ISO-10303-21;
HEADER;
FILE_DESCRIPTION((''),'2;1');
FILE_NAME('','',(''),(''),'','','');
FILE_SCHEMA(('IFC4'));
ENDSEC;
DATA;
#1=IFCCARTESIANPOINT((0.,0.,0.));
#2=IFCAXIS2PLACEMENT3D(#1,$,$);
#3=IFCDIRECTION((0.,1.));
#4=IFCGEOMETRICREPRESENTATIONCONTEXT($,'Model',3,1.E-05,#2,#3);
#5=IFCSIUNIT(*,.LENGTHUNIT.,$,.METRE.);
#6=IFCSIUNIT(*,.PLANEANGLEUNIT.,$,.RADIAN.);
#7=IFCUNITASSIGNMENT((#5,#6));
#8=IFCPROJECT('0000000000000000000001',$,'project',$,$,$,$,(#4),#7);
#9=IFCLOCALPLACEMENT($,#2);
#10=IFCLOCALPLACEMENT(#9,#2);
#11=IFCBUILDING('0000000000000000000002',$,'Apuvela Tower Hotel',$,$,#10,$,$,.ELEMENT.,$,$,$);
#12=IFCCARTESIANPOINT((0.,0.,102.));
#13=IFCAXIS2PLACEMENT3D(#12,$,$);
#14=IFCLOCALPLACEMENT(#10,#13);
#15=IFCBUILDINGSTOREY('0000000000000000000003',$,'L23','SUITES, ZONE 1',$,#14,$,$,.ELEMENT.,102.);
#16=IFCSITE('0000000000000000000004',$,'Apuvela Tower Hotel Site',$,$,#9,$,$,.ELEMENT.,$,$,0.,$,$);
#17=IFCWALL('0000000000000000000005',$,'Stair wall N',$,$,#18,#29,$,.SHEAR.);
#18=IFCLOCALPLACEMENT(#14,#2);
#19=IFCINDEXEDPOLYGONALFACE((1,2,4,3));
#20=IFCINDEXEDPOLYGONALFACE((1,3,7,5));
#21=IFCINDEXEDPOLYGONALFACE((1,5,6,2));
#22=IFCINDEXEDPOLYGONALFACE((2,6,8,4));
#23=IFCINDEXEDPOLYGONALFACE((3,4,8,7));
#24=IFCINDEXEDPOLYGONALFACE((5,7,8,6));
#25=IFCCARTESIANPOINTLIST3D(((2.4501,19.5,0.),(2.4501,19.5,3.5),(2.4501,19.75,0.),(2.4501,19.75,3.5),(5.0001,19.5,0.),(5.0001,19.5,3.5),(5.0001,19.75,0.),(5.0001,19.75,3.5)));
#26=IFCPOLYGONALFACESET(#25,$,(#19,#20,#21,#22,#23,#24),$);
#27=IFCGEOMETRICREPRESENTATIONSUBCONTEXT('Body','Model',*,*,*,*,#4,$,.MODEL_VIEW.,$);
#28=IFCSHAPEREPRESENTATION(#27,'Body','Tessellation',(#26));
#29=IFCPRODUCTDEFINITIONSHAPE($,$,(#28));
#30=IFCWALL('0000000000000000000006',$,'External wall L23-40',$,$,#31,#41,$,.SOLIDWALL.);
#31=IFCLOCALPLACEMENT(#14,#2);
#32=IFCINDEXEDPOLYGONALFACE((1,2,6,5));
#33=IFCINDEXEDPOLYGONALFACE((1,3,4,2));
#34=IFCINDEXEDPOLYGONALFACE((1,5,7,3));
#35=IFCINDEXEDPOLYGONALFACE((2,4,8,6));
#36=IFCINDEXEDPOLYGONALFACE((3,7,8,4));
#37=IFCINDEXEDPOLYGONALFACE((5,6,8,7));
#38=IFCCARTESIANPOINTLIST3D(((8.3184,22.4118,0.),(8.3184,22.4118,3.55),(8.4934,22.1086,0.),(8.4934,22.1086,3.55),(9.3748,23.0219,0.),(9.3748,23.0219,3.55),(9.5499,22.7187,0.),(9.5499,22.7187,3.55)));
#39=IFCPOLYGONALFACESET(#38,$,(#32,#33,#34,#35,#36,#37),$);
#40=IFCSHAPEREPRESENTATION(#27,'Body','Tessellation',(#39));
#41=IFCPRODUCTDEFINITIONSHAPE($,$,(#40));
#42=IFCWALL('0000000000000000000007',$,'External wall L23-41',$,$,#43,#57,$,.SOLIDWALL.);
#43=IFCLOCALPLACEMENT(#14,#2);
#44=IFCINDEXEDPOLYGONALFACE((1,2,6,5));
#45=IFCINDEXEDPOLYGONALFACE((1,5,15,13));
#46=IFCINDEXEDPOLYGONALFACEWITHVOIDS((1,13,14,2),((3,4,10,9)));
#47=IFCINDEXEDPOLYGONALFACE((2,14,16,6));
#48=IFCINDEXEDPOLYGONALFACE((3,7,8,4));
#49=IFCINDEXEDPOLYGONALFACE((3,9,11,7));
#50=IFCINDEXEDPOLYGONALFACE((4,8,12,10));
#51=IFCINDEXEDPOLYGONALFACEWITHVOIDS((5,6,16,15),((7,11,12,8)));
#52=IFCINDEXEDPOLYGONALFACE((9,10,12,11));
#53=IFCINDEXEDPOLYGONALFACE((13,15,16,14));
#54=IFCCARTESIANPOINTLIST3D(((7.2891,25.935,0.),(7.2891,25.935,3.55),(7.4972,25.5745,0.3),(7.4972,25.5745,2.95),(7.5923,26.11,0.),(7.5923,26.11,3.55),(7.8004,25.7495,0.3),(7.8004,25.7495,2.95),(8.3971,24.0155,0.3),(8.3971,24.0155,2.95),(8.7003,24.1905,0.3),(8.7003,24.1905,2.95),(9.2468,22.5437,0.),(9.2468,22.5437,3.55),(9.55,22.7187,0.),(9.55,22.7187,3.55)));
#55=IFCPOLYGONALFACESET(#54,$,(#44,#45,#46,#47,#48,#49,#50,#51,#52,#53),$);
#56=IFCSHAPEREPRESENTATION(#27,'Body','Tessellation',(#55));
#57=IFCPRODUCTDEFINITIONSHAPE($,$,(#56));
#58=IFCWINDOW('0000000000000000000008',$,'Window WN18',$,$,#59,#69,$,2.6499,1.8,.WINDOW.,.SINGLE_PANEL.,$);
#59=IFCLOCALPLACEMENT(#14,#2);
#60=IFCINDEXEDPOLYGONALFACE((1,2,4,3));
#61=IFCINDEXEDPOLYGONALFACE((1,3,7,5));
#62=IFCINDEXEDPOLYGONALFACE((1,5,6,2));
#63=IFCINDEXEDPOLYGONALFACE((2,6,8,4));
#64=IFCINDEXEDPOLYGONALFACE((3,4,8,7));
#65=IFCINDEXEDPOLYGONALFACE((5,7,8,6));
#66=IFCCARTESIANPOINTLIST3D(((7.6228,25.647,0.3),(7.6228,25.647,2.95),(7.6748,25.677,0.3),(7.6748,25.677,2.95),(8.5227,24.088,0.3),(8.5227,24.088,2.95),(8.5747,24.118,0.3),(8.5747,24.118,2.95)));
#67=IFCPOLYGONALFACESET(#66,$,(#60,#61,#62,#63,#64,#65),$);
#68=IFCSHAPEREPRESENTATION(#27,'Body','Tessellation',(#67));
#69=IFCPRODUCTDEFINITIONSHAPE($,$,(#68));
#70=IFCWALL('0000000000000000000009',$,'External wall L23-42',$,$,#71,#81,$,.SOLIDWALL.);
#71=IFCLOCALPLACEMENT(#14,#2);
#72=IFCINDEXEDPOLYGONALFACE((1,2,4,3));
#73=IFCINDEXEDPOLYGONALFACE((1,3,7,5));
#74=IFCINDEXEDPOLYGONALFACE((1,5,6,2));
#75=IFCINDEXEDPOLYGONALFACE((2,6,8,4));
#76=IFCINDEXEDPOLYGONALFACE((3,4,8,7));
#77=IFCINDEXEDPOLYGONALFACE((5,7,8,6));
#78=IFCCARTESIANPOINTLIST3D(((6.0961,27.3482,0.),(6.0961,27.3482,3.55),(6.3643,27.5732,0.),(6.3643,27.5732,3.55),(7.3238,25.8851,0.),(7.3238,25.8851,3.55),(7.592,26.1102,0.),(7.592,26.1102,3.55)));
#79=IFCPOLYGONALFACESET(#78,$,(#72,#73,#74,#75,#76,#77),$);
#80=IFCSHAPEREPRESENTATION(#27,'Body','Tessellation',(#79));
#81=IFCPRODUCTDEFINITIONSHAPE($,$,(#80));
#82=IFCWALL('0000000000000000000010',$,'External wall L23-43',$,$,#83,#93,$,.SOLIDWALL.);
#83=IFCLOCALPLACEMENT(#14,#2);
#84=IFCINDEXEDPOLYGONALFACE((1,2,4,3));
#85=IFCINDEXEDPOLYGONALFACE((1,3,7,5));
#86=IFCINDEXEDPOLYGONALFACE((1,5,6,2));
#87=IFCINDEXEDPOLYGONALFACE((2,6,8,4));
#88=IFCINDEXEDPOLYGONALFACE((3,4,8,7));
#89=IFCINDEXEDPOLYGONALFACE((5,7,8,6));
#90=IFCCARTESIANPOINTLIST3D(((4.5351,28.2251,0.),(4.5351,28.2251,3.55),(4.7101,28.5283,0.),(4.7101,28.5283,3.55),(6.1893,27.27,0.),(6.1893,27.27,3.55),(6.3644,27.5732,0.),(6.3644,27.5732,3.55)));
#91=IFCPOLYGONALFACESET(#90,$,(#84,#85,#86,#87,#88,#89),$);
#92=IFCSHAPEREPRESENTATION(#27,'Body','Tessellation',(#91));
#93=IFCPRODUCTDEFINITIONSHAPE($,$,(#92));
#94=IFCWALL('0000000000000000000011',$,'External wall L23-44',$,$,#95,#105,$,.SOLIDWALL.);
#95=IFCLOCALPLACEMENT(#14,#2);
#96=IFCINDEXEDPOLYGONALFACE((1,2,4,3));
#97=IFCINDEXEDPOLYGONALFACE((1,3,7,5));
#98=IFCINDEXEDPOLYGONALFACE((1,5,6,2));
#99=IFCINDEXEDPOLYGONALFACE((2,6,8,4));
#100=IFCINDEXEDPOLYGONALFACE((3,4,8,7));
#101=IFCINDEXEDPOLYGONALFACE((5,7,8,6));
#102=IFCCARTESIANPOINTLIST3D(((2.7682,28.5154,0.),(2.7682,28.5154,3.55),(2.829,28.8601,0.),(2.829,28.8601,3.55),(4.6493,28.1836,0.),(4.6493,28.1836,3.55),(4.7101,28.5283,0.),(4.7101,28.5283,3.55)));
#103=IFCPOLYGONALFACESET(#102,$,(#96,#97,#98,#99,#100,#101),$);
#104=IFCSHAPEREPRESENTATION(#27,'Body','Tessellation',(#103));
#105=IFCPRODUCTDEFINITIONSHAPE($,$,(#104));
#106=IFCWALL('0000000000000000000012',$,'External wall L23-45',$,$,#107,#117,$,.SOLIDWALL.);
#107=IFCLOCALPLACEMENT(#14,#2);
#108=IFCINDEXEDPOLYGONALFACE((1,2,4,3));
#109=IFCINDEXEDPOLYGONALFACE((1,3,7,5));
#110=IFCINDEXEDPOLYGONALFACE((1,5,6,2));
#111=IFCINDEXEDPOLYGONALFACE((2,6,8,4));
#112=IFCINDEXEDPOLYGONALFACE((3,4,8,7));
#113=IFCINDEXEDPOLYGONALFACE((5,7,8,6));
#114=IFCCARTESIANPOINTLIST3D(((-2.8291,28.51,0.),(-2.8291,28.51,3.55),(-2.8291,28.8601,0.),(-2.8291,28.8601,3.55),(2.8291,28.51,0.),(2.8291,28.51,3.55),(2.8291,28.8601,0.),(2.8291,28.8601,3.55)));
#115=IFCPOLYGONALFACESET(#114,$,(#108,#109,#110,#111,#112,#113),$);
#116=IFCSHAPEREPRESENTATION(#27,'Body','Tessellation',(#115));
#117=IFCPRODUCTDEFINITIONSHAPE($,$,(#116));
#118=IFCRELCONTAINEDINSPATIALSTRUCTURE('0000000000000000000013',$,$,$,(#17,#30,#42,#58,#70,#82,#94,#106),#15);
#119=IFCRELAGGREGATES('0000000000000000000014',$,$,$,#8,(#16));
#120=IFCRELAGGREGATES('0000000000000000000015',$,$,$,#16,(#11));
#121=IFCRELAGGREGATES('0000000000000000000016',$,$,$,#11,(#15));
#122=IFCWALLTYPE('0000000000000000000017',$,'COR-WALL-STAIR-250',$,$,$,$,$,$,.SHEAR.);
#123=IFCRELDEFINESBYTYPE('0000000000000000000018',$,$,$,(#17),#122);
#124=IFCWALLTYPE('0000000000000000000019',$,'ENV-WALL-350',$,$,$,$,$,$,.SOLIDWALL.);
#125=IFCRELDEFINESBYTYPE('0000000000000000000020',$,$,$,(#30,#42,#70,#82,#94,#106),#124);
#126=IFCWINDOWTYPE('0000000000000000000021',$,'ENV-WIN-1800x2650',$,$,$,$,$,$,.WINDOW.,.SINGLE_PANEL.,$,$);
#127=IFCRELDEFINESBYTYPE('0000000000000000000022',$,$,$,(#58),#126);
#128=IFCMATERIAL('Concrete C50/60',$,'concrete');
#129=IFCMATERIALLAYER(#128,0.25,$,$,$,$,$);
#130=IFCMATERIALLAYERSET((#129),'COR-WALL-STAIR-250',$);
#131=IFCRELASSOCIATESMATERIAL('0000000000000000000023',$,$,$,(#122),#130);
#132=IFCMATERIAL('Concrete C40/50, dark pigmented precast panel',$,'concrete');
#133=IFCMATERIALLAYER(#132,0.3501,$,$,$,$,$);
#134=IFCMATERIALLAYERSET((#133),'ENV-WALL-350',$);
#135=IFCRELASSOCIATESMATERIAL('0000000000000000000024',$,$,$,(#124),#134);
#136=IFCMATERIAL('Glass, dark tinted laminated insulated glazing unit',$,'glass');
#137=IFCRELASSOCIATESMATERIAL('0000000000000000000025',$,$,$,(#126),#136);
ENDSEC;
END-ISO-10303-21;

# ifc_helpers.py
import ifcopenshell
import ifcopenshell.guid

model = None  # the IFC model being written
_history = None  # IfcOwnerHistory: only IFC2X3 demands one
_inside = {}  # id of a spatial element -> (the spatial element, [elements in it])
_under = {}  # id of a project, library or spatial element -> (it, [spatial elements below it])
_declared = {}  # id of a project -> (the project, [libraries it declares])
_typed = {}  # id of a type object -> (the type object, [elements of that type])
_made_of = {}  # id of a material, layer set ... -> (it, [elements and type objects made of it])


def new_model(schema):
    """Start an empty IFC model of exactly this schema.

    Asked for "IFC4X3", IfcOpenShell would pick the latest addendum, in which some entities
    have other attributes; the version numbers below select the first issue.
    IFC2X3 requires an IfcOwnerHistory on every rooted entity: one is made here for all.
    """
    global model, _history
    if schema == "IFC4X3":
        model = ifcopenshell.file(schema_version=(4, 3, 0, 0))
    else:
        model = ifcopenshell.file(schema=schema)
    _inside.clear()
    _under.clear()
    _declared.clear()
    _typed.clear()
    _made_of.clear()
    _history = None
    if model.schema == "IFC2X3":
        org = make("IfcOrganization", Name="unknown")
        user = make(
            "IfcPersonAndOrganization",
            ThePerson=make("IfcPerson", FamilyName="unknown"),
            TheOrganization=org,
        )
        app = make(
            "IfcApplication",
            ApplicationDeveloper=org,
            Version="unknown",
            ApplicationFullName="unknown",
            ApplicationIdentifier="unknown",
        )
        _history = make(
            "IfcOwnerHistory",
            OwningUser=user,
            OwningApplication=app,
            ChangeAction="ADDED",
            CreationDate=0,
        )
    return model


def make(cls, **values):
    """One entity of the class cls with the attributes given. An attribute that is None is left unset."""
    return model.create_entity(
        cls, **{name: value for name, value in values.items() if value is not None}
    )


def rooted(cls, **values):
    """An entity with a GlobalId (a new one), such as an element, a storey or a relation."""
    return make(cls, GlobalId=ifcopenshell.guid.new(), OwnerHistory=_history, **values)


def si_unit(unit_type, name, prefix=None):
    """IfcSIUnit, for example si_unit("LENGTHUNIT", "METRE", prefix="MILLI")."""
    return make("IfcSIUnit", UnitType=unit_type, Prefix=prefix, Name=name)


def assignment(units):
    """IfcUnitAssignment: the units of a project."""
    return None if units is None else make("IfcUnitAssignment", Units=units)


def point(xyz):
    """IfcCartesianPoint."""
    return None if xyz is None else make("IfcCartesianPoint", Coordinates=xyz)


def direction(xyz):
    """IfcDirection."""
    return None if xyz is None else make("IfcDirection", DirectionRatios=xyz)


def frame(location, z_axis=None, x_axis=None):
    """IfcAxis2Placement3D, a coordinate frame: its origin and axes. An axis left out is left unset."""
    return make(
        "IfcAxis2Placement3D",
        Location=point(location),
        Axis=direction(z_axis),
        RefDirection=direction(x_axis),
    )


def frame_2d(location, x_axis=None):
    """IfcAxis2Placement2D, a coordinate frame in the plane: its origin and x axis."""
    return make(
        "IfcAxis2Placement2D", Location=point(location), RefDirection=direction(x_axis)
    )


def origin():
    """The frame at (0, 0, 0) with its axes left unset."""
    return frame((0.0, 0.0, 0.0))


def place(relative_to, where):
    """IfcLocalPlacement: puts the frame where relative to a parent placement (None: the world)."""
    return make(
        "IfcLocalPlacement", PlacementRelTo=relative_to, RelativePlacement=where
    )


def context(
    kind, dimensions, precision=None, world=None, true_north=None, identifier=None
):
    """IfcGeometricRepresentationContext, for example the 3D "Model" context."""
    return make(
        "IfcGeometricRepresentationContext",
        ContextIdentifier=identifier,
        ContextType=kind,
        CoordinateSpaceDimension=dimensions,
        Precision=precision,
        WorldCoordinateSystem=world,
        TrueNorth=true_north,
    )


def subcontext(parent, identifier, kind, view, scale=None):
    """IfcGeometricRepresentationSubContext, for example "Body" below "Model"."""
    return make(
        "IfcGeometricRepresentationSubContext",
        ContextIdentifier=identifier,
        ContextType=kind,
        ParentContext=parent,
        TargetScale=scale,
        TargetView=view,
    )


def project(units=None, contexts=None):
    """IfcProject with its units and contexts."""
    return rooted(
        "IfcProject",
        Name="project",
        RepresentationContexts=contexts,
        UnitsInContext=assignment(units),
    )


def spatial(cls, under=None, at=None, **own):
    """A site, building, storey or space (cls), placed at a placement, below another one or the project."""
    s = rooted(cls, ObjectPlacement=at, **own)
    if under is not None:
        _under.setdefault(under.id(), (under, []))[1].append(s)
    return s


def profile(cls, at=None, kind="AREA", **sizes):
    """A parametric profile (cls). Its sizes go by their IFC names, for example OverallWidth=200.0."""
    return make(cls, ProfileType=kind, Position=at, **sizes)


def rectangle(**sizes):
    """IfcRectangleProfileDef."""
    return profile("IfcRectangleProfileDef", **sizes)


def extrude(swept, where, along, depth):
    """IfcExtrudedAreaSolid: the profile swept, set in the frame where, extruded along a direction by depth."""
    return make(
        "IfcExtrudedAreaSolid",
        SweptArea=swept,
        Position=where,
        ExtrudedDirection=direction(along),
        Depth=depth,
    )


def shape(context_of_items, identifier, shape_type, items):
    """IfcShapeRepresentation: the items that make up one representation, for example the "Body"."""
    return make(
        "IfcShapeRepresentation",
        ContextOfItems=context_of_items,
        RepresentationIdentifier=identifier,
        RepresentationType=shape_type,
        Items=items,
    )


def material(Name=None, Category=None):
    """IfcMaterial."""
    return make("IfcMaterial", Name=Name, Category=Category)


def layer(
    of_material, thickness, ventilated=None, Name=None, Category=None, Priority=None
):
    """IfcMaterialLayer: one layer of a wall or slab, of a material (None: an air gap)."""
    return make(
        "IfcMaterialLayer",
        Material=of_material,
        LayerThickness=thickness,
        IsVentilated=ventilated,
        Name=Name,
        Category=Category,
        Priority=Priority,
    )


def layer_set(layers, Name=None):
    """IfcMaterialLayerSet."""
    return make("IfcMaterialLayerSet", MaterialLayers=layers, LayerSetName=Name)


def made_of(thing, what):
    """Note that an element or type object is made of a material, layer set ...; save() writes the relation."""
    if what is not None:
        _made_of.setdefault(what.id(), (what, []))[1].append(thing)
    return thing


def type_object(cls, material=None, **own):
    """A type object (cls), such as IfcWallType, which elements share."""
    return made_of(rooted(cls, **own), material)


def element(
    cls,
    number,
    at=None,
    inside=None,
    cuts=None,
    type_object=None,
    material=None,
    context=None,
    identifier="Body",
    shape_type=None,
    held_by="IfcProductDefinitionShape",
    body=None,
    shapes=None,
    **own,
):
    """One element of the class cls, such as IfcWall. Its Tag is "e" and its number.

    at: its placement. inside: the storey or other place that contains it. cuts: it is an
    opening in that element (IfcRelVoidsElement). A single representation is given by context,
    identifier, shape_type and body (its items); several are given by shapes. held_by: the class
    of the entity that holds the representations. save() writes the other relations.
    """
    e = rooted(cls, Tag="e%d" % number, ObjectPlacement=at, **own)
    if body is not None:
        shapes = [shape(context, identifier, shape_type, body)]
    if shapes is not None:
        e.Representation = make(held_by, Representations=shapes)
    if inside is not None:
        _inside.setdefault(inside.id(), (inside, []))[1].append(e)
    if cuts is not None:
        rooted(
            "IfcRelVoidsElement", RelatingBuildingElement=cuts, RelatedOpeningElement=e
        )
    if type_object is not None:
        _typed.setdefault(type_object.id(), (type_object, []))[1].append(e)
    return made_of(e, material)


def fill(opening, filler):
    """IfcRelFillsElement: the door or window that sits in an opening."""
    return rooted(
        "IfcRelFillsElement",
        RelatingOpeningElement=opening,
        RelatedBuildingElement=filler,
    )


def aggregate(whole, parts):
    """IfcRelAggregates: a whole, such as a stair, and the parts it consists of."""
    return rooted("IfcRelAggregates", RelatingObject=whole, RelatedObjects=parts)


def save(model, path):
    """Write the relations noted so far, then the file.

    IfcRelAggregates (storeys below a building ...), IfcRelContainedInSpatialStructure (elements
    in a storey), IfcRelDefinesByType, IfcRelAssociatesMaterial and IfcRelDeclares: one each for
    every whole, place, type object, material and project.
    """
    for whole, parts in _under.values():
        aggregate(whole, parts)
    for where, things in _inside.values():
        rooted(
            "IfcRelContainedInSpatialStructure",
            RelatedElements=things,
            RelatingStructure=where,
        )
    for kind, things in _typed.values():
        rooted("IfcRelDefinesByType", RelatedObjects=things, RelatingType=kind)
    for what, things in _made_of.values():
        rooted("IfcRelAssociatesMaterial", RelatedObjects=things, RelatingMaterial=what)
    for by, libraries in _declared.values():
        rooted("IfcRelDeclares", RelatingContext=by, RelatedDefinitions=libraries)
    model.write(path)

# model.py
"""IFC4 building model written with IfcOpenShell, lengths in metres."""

from ifc_helpers import new_model, si_unit, direction, frame, frame_2d, origin, place, context, subcontext, project, spatial, rectangle, extrude, material, layer, layer_set, type_object, element, fill, save


model = new_model("IFC4")

# Units and contexts
model_context = context("Model", 3, precision=1e-05, world=origin(), true_north=direction((0.0, 1.0)))
body_context = subcontext(model_context, "Body", "Model", "MODEL_VIEW")
ifc_project = project(units=[si_unit("LENGTHUNIT", "METRE"), si_unit("PLANEANGLEUNIT", "RADIAN")], contexts=[model_context])

# Site, building, storey
site_placement = place(None, origin())
site = spatial("IfcSite", under=ifc_project, at=site_placement, Name="Apuvela Tower Hotel Site", CompositionType="ELEMENT", RefElevation=0.0)
building_placement = place(site_placement, origin())
building = spatial("IfcBuilding", under=site, at=building_placement, Name="Apuvela Tower Hotel", CompositionType="ELEMENT")
storey_placement = place(building_placement, frame((0.0, 0.0, 102.0)))
storey = spatial("IfcBuildingStorey", under=building, at=storey_placement, Name="L23", Description="SUITES, ZONE 1", CompositionType="ELEMENT", Elevation=102.0)

# Walls
ifc_material_1 = material(Name="Concrete C50/60", Category="concrete")
ifc_layer_1 = layer(ifc_material_1, 0.25)
ifc_layer_set_1 = layer_set([ifc_layer_1], Name="COR-WALL-STAIR-250")
wall_type_1 = type_object("IfcWallType", Name="COR-WALL-STAIR-250", PredefinedType="SHEAR", material=ifc_layer_set_1)
wall_1_placement = place(storey_placement, frame((5.0, 19.625, 0.0), z_axis=(0.0, 0.0, 1.0), x_axis=(-1.0, 0.0, 0.0)))
element("IfcWall", 1, at=wall_1_placement, inside=storey, type_object=wall_type_1, Name="Stair wall N", PredefinedType="SHEAR", context=body_context, shape_type="SweptSolid", body=[
    extrude(rectangle(XDim=2.55, YDim=0.25, at=frame_2d((1.2749, 0.0))), origin(), (0.0, 0.0, 1.0), 3.5),
])
ifc_material_2 = material(Name="Concrete C40/50, dark pigmented precast panel", Category="concrete")
ifc_layer_2 = layer(ifc_material_2, 0.3501)
ifc_layer_set_2 = layer_set([ifc_layer_2], Name="ENV-WALL-350")
wall_type_2 = type_object("IfcWallType", Name="ENV-WALL-350", PredefinedType="SOLIDWALL", material=ifc_layer_set_2)
wall_2_placement = place(storey_placement, frame((8.406, 22.2603, 0.0), z_axis=(0.0, 0.0, 1.0), x_axis=(0.865956, 0.500121, 0.0)))
element("IfcWall", 2, at=wall_2_placement, inside=storey, type_object=wall_type_2, Name="External wall L23-40", PredefinedType="SOLIDWALL", context=body_context, shape_type="SweptSolid", body=[
    extrude(rectangle(XDim=1.22, YDim=0.3501, at=frame_2d((0.6099, 0.0))), origin(), (0.0, 0.0, 1.0), 3.55),
])

# Wall, opening, window
wall_3_placement = place(storey_placement, frame((9.3984, 22.6311, 0.0), z_axis=(0.0, 0.0, 1.0), x_axis=(-0.499955, 0.866052, 0.0)))
wall_3 = element("IfcWall", 3, at=wall_3_placement, inside=storey, type_object=wall_type_2, Name="External wall L23-41", PredefinedType="SOLIDWALL", context=body_context, shape_type="SweptSolid", body=[
    extrude(rectangle(XDim=3.9158, YDim=0.3501, at=frame_2d((1.958, 0.0))), origin(), (0.0, 0.0, 1.0), 3.55),
])
opening_placement = place(wall_3_placement, frame((1.6997, 0.0, 0.3)))
opening = element("IfcOpeningElement", 4, at=opening_placement, cuts=wall_3, PredefinedType="OPENING", context=body_context, shape_type="SweptSolid", body=[
    extrude(rectangle(XDim=1.8, YDim=2.6499, at=frame_2d((0.8999, 1.325))), frame((0.0, 0.1851, 0.0), z_axis=(0.0, -1.0, 0.0), x_axis=(1.0, 0.0, 0.0)), (0.0, 0.0, 1.0), 0.3701),
])
ifc_material_3 = material(Name="Glass, dark tinted laminated insulated glazing unit", Category="glass")
window_type = type_object("IfcWindowType", Name="ENV-WIN-1800x2650", PartitioningType="SINGLE_PANEL", PredefinedType="WINDOW", material=ifc_material_3)
window_placement = place(opening_placement, origin())
window = element("IfcWindow", 5, at=window_placement, inside=storey, type_object=window_type, Name="Window WN18", OverallHeight=2.6499, OverallWidth=1.8, PartitioningType="SINGLE_PANEL", PredefinedType="WINDOW", context=body_context, shape_type="SweptSolid", body=[
    extrude(rectangle(XDim=1.8, YDim=2.6499, at=frame_2d((0.8999, 1.325))), frame((0.0, 0.03, 0.0), z_axis=(0.0, -1.0, 0.0), x_axis=(1.0, 0.0, 0.0)), (0.0, 0.0, 1.0), 0.0601),
])
fill(opening, window)

# Walls
wall_4_placement = place(storey_placement, frame((7.458, 25.9976, 0.0), z_axis=(0.0, 0.0, 1.0), x_axis=(-0.642808, 0.766027, 0.0)))
element("IfcWall", 6, at=wall_4_placement, inside=storey, type_object=wall_type_2, Name="External wall L23-42", PredefinedType="SOLIDWALL", context=body_context, shape_type="SweptSolid", body=[
    extrude(rectangle(XDim=1.9099, YDim=0.3501, at=frame_2d((0.9551, 0.0))), origin(), (0.0, 0.0, 1.0), 3.55),
])
for number, where, z_axis, x_axis, name in (
    (7, (6.2769, 27.4216, 0.0), (0.0, 0.0, 1.0), (-0.866032, 0.499988, 0.0), "External wall L23-43"),
    (8, (4.6797, 28.356, 0.0), (0.0, 0.0, 1.0), (-0.984799, 0.173698, 0.0), "External wall L23-44"),
):
    element("IfcWall", number, at=place(storey_placement, frame(where, z_axis=z_axis, x_axis=x_axis)), inside=storey, type_object=wall_type_2, Name=name, PredefinedType="SOLIDWALL", context=body_context, shape_type="SweptSolid", body=[
        extrude(rectangle(XDim=1.9102, YDim=0.3501, at=frame_2d((0.9551, 0.0))), origin(), (0.0, 0.0, 1.0), 3.55),
    ])
wall_5_placement = place(storey_placement, frame((2.8291, 28.6851, 0.0), z_axis=(0.0, 0.0, 1.0), x_axis=(-1.0, 0.0, 0.0)))
element("IfcWall", 9, at=wall_5_placement, inside=storey, type_object=wall_type_2, Name="External wall L23-45", PredefinedType="SOLIDWALL", context=body_context, shape_type="SweptSolid", body=[
    extrude(rectangle(XDim=5.6582, YDim=0.3501, at=frame_2d((2.8291, 0.0))), origin(), (0.0, 0.0, 1.0), 3.55),
])

save(model, "model.ifc")
